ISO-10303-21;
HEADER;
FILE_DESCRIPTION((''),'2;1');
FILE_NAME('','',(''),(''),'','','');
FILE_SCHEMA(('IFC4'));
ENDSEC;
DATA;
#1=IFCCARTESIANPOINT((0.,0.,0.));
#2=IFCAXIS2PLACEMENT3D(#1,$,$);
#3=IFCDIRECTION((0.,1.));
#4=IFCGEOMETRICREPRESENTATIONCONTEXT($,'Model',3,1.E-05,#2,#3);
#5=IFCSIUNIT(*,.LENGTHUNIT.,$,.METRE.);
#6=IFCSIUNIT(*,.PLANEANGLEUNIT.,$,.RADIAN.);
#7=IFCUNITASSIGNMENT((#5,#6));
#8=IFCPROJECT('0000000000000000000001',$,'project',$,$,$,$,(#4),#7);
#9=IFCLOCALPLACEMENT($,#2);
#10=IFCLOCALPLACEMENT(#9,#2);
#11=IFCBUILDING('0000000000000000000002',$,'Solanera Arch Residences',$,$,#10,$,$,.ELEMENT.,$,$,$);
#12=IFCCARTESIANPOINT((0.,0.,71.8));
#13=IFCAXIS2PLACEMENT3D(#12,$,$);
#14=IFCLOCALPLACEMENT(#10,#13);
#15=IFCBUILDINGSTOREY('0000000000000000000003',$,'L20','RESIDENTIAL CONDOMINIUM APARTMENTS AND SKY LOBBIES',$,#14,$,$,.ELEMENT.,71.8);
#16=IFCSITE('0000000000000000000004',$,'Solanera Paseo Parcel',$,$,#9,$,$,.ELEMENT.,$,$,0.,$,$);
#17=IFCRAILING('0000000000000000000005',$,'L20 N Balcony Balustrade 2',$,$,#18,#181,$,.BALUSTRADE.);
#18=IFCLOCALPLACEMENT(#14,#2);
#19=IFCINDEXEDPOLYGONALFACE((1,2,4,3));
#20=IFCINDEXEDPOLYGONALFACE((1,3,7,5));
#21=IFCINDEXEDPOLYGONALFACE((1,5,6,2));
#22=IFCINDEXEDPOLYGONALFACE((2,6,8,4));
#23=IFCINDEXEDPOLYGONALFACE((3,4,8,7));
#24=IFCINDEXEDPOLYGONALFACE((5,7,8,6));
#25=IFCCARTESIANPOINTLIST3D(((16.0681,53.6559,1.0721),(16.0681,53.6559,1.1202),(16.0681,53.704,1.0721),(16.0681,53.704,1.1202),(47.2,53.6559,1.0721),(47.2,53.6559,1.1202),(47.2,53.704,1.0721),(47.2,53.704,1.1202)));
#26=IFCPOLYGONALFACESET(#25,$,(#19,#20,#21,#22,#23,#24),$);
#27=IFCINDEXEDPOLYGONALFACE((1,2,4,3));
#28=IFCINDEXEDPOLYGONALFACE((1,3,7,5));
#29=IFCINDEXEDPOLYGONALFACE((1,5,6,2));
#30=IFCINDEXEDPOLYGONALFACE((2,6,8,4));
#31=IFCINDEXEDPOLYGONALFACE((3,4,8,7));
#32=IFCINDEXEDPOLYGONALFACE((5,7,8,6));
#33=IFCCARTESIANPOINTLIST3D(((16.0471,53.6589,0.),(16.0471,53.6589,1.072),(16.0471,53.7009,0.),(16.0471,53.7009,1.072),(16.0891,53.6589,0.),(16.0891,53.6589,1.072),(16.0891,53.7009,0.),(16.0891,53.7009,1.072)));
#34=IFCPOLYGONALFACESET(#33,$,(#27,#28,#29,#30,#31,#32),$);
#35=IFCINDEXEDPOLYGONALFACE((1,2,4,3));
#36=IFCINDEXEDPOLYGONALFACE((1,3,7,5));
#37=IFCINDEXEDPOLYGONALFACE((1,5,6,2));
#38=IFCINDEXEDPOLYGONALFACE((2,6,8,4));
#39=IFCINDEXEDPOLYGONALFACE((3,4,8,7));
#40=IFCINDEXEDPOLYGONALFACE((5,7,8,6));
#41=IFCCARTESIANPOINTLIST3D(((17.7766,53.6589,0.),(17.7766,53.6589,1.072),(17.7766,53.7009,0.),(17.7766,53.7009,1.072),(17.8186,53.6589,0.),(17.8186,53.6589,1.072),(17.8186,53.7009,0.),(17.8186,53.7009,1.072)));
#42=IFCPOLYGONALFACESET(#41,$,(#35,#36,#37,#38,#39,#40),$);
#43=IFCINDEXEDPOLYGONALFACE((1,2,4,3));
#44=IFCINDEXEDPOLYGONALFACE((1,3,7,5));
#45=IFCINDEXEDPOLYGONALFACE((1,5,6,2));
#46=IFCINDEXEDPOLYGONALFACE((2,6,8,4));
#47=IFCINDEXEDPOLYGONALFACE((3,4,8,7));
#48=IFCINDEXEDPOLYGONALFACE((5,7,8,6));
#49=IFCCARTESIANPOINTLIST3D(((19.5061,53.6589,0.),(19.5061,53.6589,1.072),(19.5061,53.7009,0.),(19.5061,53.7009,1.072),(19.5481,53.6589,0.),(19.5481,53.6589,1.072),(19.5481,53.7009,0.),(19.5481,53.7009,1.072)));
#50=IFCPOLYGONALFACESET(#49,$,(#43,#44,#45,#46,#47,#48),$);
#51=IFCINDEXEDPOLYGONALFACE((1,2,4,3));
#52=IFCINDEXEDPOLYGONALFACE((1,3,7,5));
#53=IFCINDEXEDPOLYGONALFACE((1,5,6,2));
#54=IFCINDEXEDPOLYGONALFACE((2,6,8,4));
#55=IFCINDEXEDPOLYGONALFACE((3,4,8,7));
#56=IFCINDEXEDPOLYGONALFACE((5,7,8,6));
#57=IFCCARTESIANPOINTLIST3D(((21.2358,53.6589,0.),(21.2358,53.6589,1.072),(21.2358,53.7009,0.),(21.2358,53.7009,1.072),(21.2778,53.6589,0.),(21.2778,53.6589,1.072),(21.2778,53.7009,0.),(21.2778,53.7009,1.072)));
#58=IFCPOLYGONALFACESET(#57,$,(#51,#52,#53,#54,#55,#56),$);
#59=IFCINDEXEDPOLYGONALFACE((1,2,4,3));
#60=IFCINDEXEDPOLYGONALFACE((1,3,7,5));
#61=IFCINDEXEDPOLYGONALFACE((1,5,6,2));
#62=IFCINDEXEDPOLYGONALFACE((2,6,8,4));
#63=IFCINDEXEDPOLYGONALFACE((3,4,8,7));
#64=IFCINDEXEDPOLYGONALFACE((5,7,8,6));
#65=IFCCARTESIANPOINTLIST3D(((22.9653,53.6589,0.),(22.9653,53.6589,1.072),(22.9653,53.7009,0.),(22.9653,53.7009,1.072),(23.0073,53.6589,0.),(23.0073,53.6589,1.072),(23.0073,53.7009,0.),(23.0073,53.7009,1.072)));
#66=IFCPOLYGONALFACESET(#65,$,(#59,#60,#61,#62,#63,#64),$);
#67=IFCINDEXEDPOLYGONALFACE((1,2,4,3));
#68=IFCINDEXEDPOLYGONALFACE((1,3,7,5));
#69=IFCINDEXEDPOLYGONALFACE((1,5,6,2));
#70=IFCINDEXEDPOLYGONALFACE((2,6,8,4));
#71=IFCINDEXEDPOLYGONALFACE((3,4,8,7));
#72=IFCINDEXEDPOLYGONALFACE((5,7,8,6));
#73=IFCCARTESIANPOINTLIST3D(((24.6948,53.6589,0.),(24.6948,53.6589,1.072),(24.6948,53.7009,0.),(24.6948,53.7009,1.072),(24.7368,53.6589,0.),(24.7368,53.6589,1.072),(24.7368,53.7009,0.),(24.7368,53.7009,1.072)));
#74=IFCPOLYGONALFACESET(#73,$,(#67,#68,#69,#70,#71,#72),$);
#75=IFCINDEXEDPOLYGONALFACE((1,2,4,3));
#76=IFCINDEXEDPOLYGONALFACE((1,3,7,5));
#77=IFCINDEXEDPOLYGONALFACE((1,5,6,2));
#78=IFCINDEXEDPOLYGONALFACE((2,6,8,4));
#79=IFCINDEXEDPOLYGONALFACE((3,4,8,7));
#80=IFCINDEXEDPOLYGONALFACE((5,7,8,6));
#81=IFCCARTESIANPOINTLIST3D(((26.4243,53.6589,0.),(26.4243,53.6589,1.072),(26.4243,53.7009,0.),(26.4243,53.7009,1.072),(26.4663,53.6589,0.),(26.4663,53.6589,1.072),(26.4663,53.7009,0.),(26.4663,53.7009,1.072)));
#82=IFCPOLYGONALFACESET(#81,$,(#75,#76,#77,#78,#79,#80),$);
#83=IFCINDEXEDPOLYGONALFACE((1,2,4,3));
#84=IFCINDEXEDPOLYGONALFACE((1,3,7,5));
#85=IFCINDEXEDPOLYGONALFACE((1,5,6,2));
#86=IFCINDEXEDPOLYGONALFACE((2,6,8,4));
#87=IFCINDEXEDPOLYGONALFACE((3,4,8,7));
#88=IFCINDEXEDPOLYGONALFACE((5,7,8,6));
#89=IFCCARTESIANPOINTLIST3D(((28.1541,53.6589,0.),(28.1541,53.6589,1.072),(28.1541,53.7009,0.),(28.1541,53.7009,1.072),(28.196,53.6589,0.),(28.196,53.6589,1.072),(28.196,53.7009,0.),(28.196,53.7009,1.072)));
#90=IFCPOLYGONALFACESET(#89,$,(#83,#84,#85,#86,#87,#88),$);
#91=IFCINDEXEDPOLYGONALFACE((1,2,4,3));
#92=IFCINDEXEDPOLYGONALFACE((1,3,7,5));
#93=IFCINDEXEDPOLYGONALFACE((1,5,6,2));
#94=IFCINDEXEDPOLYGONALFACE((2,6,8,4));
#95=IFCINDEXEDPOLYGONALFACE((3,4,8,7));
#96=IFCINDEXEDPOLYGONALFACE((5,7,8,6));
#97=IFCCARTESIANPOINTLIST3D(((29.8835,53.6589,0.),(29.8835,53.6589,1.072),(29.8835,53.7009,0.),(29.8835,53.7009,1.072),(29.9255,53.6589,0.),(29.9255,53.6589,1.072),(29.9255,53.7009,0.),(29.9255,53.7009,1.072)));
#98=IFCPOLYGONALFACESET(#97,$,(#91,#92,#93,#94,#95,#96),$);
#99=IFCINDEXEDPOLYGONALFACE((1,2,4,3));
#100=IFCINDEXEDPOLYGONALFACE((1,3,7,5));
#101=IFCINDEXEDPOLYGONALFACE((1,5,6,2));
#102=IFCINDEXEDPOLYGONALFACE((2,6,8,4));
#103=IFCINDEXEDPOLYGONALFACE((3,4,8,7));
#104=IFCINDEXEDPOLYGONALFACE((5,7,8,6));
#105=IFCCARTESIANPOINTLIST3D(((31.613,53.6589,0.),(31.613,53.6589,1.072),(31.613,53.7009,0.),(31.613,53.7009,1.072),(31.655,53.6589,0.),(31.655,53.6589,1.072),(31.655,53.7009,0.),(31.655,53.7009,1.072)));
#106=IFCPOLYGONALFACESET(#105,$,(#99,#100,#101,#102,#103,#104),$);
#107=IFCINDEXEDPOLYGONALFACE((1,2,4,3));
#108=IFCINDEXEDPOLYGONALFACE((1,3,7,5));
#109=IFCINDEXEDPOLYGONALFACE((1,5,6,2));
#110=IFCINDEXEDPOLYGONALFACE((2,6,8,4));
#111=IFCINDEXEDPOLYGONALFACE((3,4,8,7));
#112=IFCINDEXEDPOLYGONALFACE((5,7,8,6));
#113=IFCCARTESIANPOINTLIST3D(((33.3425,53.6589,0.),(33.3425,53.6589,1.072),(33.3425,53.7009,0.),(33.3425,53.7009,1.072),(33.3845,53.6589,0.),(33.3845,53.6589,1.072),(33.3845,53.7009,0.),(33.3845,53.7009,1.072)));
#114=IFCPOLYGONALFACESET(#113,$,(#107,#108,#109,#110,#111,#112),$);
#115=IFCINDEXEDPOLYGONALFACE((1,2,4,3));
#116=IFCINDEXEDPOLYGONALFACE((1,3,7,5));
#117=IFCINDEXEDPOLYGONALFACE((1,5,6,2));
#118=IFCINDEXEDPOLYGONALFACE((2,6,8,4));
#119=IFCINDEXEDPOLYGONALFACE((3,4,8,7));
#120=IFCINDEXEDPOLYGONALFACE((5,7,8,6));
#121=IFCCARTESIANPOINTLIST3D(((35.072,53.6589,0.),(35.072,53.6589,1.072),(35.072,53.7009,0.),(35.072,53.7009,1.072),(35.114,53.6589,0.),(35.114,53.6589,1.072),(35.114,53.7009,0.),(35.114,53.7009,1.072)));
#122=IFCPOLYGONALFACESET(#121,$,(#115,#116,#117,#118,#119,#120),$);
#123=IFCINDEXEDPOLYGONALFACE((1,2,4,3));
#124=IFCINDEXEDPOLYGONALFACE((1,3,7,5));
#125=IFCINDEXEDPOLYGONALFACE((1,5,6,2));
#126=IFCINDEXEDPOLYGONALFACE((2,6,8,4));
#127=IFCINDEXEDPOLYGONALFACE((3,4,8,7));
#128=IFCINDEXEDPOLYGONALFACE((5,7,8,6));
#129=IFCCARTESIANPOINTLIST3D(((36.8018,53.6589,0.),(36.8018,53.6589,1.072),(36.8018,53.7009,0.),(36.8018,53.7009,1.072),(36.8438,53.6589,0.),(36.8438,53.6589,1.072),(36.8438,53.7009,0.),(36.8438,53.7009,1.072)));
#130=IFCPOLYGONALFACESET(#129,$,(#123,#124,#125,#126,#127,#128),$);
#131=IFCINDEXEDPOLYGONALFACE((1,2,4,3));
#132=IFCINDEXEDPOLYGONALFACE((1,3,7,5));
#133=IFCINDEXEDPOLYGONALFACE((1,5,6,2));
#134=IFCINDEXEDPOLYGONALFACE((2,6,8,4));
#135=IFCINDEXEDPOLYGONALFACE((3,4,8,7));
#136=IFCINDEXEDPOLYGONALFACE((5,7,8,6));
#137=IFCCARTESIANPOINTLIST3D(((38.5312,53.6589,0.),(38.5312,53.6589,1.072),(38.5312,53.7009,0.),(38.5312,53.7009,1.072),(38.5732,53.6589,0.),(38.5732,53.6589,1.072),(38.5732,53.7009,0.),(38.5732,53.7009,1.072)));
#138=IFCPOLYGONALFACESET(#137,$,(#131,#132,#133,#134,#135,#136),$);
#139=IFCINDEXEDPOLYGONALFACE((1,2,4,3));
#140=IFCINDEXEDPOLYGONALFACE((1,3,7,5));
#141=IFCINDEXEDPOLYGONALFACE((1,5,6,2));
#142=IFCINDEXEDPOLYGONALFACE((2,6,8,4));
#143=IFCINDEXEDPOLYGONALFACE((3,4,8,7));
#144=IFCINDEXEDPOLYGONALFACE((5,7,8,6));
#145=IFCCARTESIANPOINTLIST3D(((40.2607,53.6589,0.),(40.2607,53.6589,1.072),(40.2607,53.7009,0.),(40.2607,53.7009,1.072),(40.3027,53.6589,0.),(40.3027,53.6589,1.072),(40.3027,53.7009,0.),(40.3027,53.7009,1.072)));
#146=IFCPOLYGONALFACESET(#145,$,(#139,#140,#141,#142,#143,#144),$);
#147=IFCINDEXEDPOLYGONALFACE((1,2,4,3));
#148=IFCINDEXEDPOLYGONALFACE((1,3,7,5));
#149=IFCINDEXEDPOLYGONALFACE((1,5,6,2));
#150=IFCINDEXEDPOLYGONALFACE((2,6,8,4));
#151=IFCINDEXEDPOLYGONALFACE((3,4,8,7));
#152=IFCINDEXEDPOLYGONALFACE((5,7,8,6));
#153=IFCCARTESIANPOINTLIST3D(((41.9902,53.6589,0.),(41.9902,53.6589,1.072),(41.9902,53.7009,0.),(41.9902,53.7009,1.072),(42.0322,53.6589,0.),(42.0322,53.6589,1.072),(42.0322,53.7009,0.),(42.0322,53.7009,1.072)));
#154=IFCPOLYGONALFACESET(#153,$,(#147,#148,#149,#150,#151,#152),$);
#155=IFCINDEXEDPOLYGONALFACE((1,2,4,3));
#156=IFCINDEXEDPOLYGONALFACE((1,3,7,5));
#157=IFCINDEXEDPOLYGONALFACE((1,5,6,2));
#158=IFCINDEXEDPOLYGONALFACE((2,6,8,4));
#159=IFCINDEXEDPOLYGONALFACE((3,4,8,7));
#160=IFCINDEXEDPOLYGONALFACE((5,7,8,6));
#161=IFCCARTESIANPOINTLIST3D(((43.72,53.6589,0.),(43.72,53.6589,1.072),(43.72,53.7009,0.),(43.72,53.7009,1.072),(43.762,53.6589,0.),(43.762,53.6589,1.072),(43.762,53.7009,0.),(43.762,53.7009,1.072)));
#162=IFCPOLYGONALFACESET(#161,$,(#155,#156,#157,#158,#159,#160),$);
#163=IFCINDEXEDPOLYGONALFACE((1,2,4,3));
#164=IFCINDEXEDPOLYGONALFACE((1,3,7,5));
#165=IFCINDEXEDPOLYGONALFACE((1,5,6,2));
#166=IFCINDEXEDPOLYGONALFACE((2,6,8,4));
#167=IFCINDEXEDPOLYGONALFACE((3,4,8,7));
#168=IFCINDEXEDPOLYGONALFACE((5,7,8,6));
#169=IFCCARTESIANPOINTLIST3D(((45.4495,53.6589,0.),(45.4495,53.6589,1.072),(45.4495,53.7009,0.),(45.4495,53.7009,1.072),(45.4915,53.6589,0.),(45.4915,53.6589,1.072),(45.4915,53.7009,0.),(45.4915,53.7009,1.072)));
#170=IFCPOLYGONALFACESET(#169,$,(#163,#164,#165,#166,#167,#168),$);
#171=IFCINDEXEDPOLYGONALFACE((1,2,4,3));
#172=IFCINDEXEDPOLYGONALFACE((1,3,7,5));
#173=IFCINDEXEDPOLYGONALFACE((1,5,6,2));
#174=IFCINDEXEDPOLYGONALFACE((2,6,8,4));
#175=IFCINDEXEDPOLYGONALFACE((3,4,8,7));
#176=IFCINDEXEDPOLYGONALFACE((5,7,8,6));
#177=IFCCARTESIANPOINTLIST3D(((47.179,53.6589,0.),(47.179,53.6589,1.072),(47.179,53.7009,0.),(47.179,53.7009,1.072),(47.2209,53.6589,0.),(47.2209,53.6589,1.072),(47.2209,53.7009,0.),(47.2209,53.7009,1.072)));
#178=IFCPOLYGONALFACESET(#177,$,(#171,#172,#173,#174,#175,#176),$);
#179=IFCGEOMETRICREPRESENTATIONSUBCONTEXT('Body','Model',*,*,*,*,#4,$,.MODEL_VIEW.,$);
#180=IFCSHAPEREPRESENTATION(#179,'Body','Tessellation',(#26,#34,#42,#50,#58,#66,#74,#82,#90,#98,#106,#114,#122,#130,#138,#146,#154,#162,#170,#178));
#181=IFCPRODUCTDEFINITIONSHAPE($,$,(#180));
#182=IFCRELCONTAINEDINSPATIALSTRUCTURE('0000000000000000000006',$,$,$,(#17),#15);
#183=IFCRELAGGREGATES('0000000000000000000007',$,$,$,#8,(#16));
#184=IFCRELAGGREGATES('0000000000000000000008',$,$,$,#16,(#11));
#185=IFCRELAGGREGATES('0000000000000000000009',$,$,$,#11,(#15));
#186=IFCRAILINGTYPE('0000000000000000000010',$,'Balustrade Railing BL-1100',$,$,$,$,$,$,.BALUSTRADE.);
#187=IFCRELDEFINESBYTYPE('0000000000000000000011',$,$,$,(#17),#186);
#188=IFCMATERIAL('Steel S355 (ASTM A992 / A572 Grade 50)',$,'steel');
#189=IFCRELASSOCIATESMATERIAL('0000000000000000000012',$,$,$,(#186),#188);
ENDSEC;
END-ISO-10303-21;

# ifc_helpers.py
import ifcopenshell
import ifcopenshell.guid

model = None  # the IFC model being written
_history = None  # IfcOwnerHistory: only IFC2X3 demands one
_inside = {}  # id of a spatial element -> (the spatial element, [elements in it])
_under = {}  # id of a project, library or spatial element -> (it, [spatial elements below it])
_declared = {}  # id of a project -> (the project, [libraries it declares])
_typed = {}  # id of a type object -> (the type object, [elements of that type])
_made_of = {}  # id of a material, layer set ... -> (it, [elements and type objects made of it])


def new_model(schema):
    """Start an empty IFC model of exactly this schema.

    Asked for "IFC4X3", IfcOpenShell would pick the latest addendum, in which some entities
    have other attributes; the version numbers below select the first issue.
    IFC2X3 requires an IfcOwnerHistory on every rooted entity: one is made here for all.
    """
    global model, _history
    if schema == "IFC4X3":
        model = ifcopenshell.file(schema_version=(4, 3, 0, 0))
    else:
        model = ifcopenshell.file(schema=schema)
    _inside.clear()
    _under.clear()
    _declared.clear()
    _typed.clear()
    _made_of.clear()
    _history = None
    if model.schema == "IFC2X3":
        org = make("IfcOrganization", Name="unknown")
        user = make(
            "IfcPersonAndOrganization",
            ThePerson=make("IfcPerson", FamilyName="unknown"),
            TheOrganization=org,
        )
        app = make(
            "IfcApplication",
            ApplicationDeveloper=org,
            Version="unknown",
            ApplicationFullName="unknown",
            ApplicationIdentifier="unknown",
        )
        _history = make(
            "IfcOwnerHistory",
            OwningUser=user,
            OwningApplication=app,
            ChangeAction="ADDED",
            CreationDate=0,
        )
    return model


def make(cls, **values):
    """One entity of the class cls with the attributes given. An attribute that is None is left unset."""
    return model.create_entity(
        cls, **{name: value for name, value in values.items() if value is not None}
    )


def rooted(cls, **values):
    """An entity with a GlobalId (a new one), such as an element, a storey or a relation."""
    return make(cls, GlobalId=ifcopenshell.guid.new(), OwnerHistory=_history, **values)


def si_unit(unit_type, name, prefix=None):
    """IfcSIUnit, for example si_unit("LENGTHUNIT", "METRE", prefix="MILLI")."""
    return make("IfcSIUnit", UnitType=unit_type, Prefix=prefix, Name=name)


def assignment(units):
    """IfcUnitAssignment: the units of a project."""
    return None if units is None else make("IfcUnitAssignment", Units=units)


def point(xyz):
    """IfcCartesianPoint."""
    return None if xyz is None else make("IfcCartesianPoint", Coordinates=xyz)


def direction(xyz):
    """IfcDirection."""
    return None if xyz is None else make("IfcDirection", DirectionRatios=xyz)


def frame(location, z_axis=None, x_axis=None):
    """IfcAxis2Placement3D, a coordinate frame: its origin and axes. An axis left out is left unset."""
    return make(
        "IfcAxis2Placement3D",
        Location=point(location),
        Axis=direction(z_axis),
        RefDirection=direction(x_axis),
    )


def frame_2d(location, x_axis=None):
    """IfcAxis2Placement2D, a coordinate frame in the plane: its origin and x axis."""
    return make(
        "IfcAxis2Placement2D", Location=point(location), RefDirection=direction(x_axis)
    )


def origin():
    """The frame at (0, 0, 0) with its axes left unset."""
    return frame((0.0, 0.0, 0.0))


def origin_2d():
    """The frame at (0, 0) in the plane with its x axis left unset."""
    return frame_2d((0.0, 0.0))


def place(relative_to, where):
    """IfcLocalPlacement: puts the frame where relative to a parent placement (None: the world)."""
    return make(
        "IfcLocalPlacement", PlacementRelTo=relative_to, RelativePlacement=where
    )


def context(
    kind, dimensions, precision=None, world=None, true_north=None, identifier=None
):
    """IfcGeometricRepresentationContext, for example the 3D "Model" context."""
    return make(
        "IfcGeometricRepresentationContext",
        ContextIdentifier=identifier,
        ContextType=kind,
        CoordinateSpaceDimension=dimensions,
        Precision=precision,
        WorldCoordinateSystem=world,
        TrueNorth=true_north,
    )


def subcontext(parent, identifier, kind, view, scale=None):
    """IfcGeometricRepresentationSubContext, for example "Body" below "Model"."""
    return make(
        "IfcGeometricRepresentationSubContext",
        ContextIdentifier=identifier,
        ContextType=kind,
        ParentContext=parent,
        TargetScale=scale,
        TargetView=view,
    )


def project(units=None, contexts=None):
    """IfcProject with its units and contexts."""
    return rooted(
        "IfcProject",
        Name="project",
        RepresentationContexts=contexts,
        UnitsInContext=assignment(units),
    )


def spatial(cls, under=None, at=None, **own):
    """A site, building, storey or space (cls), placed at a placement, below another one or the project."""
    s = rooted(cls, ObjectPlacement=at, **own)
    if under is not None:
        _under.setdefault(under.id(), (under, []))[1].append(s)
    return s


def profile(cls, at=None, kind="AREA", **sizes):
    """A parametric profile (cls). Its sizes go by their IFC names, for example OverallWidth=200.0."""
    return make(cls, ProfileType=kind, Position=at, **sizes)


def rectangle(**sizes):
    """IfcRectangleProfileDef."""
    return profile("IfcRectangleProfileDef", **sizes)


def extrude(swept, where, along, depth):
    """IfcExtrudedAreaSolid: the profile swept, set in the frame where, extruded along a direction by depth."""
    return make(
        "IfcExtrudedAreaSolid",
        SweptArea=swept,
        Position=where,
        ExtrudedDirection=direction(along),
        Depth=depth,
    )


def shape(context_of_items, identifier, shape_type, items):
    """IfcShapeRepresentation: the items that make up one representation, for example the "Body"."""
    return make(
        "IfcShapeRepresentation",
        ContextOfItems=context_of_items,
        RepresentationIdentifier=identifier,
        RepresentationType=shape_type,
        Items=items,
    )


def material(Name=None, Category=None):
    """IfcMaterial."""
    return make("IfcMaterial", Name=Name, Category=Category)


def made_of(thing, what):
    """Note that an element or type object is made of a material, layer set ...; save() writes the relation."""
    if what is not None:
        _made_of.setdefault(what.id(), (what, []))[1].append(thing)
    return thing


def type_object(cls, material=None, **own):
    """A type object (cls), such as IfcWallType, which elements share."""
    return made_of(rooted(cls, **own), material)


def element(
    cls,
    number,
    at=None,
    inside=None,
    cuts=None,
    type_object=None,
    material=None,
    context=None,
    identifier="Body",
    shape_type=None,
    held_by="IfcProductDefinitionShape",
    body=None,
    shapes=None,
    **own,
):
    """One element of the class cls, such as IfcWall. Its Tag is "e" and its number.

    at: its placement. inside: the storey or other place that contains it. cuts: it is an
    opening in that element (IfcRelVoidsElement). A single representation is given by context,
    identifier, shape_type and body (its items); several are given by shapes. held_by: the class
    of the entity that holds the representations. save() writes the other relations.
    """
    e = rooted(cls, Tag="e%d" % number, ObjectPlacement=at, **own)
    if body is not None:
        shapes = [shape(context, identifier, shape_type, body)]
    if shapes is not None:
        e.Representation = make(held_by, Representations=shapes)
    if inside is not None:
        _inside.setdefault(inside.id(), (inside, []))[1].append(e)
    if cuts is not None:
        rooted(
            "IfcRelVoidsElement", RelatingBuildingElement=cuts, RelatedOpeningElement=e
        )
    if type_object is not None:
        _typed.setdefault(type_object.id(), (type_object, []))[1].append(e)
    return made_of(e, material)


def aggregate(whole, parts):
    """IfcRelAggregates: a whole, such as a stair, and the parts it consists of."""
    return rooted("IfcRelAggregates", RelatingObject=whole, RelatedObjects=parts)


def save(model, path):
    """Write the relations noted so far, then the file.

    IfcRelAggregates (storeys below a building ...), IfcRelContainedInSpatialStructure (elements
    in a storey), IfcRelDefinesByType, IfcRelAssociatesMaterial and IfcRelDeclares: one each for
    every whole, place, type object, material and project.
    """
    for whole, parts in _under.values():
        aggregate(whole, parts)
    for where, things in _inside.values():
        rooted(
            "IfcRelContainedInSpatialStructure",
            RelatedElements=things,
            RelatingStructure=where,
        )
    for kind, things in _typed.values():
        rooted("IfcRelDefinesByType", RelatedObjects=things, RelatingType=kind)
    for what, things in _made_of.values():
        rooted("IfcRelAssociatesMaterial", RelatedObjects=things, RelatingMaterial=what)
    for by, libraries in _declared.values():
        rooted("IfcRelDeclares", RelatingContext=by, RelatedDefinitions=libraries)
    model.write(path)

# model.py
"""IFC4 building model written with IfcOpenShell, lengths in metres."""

from ifc_helpers import new_model, si_unit, direction, frame, origin, origin_2d, place, context, subcontext, project, spatial, rectangle, extrude, material, type_object, element, save


model = new_model("IFC4")

# Units and contexts
model_context = context("Model", 3, precision=1e-05, world=origin(), true_north=direction((0.0, 1.0)))
body_context = subcontext(model_context, "Body", "Model", "MODEL_VIEW")
ifc_project = project(units=[si_unit("LENGTHUNIT", "METRE"), si_unit("PLANEANGLEUNIT", "RADIAN")], contexts=[model_context])

# Site, building, storey
site_placement = place(None, origin())
site = spatial("IfcSite", under=ifc_project, at=site_placement, Name="Solanera Paseo Parcel", CompositionType="ELEMENT", RefElevation=0.0)
building_placement = place(site_placement, origin())
building = spatial("IfcBuilding", under=site, at=building_placement, Name="Solanera Arch Residences", CompositionType="ELEMENT")
storey_placement = place(building_placement, frame((0.0, 0.0, 71.8)))
storey = spatial("IfcBuildingStorey", under=building, at=storey_placement, Name="L20", Description="RESIDENTIAL CONDOMINIUM APARTMENTS AND SKY LOBBIES", CompositionType="ELEMENT", Elevation=71.8)

# Railing
ifc_material_1 = material(Name="Steel S355 (ASTM A992 / A572 Grade 50)", Category="steel")
railing_type = type_object("IfcRailingType", Name="Balustrade Railing BL-1100", PredefinedType="BALUSTRADE", material=ifc_material_1)
railing_placement = place(storey_placement, frame((16.0681, 53.6799, 0.0)))
element("IfcRailing", 1, at=railing_placement, inside=storey, type_object=railing_type, Name="L20 N Balcony Balustrade 2", PredefinedType="BALUSTRADE", context=body_context, shape_type="SweptSolid", body=[
    extrude(rectangle(XDim=0.0481, YDim=0.0481, at=origin_2d()), frame((0.0, 0.0, 1.0962), z_axis=(1.0, 0.0, 0.0), x_axis=(0.0, 1.0, 0.0)), (0.0, 0.0, 1.0), 31.1318),
    extrude(rectangle(XDim=0.042, YDim=0.042, at=origin_2d()), origin(), (0.0, 0.0, 1.0), 1.072),
    extrude(rectangle(XDim=0.042, YDim=0.042, at=origin_2d()), frame((1.7295, 0.0, 0.0)), (0.0, 0.0, 1.0), 1.072),
    extrude(rectangle(XDim=0.042, YDim=0.042, at=origin_2d()), frame((3.459, 0.0, 0.0)), (0.0, 0.0, 1.0), 1.072),
    extrude(rectangle(XDim=0.042, YDim=0.042, at=origin_2d()), frame((5.1887, 0.0, 0.0)), (0.0, 0.0, 1.0), 1.072),
    extrude(rectangle(XDim=0.042, YDim=0.042, at=origin_2d()), frame((6.9182, 0.0, 0.0)), (0.0, 0.0, 1.0), 1.072),
    extrude(rectangle(XDim=0.042, YDim=0.042, at=origin_2d()), frame((8.6477, 0.0, 0.0)), (0.0, 0.0, 1.0), 1.072),
    extrude(rectangle(XDim=0.042, YDim=0.042, at=origin_2d()), frame((10.3772, 0.0, 0.0)), (0.0, 0.0, 1.0), 1.072),
    extrude(rectangle(XDim=0.042, YDim=0.042, at=origin_2d()), frame((12.1069, 0.0, 0.0)), (0.0, 0.0, 1.0), 1.072),
    extrude(rectangle(XDim=0.042, YDim=0.042, at=origin_2d()), frame((13.8364, 0.0, 0.0)), (0.0, 0.0, 1.0), 1.072),
    extrude(rectangle(XDim=0.042, YDim=0.042, at=origin_2d()), frame((15.5659, 0.0, 0.0)), (0.0, 0.0, 1.0), 1.072),
    extrude(rectangle(XDim=0.042, YDim=0.042, at=origin_2d()), frame((17.2954, 0.0, 0.0)), (0.0, 0.0, 1.0), 1.072),
    extrude(rectangle(XDim=0.042, YDim=0.042, at=origin_2d()), frame((19.0249, 0.0, 0.0)), (0.0, 0.0, 1.0), 1.072),
    extrude(rectangle(XDim=0.042, YDim=0.042, at=origin_2d()), frame((20.7546, 0.0, 0.0)), (0.0, 0.0, 1.0), 1.072),
    extrude(rectangle(XDim=0.042, YDim=0.042, at=origin_2d()), frame((22.4841, 0.0, 0.0)), (0.0, 0.0, 1.0), 1.072),
    extrude(rectangle(XDim=0.042, YDim=0.042, at=origin_2d()), frame((24.2136, 0.0, 0.0)), (0.0, 0.0, 1.0), 1.072),
    extrude(rectangle(XDim=0.042, YDim=0.042, at=origin_2d()), frame((25.9431, 0.0, 0.0)), (0.0, 0.0, 1.0), 1.072),
    extrude(rectangle(XDim=0.042, YDim=0.042, at=origin_2d()), frame((27.6729, 0.0, 0.0)), (0.0, 0.0, 1.0), 1.072),
    extrude(rectangle(XDim=0.042, YDim=0.042, at=origin_2d()), frame((29.4023, 0.0, 0.0)), (0.0, 0.0, 1.0), 1.072),
    extrude(rectangle(XDim=0.042, YDim=0.042, at=origin_2d()), frame((31.1318, 0.0, 0.0)), (0.0, 0.0, 1.0), 1.072),
])

save(model, "model.ifc")
